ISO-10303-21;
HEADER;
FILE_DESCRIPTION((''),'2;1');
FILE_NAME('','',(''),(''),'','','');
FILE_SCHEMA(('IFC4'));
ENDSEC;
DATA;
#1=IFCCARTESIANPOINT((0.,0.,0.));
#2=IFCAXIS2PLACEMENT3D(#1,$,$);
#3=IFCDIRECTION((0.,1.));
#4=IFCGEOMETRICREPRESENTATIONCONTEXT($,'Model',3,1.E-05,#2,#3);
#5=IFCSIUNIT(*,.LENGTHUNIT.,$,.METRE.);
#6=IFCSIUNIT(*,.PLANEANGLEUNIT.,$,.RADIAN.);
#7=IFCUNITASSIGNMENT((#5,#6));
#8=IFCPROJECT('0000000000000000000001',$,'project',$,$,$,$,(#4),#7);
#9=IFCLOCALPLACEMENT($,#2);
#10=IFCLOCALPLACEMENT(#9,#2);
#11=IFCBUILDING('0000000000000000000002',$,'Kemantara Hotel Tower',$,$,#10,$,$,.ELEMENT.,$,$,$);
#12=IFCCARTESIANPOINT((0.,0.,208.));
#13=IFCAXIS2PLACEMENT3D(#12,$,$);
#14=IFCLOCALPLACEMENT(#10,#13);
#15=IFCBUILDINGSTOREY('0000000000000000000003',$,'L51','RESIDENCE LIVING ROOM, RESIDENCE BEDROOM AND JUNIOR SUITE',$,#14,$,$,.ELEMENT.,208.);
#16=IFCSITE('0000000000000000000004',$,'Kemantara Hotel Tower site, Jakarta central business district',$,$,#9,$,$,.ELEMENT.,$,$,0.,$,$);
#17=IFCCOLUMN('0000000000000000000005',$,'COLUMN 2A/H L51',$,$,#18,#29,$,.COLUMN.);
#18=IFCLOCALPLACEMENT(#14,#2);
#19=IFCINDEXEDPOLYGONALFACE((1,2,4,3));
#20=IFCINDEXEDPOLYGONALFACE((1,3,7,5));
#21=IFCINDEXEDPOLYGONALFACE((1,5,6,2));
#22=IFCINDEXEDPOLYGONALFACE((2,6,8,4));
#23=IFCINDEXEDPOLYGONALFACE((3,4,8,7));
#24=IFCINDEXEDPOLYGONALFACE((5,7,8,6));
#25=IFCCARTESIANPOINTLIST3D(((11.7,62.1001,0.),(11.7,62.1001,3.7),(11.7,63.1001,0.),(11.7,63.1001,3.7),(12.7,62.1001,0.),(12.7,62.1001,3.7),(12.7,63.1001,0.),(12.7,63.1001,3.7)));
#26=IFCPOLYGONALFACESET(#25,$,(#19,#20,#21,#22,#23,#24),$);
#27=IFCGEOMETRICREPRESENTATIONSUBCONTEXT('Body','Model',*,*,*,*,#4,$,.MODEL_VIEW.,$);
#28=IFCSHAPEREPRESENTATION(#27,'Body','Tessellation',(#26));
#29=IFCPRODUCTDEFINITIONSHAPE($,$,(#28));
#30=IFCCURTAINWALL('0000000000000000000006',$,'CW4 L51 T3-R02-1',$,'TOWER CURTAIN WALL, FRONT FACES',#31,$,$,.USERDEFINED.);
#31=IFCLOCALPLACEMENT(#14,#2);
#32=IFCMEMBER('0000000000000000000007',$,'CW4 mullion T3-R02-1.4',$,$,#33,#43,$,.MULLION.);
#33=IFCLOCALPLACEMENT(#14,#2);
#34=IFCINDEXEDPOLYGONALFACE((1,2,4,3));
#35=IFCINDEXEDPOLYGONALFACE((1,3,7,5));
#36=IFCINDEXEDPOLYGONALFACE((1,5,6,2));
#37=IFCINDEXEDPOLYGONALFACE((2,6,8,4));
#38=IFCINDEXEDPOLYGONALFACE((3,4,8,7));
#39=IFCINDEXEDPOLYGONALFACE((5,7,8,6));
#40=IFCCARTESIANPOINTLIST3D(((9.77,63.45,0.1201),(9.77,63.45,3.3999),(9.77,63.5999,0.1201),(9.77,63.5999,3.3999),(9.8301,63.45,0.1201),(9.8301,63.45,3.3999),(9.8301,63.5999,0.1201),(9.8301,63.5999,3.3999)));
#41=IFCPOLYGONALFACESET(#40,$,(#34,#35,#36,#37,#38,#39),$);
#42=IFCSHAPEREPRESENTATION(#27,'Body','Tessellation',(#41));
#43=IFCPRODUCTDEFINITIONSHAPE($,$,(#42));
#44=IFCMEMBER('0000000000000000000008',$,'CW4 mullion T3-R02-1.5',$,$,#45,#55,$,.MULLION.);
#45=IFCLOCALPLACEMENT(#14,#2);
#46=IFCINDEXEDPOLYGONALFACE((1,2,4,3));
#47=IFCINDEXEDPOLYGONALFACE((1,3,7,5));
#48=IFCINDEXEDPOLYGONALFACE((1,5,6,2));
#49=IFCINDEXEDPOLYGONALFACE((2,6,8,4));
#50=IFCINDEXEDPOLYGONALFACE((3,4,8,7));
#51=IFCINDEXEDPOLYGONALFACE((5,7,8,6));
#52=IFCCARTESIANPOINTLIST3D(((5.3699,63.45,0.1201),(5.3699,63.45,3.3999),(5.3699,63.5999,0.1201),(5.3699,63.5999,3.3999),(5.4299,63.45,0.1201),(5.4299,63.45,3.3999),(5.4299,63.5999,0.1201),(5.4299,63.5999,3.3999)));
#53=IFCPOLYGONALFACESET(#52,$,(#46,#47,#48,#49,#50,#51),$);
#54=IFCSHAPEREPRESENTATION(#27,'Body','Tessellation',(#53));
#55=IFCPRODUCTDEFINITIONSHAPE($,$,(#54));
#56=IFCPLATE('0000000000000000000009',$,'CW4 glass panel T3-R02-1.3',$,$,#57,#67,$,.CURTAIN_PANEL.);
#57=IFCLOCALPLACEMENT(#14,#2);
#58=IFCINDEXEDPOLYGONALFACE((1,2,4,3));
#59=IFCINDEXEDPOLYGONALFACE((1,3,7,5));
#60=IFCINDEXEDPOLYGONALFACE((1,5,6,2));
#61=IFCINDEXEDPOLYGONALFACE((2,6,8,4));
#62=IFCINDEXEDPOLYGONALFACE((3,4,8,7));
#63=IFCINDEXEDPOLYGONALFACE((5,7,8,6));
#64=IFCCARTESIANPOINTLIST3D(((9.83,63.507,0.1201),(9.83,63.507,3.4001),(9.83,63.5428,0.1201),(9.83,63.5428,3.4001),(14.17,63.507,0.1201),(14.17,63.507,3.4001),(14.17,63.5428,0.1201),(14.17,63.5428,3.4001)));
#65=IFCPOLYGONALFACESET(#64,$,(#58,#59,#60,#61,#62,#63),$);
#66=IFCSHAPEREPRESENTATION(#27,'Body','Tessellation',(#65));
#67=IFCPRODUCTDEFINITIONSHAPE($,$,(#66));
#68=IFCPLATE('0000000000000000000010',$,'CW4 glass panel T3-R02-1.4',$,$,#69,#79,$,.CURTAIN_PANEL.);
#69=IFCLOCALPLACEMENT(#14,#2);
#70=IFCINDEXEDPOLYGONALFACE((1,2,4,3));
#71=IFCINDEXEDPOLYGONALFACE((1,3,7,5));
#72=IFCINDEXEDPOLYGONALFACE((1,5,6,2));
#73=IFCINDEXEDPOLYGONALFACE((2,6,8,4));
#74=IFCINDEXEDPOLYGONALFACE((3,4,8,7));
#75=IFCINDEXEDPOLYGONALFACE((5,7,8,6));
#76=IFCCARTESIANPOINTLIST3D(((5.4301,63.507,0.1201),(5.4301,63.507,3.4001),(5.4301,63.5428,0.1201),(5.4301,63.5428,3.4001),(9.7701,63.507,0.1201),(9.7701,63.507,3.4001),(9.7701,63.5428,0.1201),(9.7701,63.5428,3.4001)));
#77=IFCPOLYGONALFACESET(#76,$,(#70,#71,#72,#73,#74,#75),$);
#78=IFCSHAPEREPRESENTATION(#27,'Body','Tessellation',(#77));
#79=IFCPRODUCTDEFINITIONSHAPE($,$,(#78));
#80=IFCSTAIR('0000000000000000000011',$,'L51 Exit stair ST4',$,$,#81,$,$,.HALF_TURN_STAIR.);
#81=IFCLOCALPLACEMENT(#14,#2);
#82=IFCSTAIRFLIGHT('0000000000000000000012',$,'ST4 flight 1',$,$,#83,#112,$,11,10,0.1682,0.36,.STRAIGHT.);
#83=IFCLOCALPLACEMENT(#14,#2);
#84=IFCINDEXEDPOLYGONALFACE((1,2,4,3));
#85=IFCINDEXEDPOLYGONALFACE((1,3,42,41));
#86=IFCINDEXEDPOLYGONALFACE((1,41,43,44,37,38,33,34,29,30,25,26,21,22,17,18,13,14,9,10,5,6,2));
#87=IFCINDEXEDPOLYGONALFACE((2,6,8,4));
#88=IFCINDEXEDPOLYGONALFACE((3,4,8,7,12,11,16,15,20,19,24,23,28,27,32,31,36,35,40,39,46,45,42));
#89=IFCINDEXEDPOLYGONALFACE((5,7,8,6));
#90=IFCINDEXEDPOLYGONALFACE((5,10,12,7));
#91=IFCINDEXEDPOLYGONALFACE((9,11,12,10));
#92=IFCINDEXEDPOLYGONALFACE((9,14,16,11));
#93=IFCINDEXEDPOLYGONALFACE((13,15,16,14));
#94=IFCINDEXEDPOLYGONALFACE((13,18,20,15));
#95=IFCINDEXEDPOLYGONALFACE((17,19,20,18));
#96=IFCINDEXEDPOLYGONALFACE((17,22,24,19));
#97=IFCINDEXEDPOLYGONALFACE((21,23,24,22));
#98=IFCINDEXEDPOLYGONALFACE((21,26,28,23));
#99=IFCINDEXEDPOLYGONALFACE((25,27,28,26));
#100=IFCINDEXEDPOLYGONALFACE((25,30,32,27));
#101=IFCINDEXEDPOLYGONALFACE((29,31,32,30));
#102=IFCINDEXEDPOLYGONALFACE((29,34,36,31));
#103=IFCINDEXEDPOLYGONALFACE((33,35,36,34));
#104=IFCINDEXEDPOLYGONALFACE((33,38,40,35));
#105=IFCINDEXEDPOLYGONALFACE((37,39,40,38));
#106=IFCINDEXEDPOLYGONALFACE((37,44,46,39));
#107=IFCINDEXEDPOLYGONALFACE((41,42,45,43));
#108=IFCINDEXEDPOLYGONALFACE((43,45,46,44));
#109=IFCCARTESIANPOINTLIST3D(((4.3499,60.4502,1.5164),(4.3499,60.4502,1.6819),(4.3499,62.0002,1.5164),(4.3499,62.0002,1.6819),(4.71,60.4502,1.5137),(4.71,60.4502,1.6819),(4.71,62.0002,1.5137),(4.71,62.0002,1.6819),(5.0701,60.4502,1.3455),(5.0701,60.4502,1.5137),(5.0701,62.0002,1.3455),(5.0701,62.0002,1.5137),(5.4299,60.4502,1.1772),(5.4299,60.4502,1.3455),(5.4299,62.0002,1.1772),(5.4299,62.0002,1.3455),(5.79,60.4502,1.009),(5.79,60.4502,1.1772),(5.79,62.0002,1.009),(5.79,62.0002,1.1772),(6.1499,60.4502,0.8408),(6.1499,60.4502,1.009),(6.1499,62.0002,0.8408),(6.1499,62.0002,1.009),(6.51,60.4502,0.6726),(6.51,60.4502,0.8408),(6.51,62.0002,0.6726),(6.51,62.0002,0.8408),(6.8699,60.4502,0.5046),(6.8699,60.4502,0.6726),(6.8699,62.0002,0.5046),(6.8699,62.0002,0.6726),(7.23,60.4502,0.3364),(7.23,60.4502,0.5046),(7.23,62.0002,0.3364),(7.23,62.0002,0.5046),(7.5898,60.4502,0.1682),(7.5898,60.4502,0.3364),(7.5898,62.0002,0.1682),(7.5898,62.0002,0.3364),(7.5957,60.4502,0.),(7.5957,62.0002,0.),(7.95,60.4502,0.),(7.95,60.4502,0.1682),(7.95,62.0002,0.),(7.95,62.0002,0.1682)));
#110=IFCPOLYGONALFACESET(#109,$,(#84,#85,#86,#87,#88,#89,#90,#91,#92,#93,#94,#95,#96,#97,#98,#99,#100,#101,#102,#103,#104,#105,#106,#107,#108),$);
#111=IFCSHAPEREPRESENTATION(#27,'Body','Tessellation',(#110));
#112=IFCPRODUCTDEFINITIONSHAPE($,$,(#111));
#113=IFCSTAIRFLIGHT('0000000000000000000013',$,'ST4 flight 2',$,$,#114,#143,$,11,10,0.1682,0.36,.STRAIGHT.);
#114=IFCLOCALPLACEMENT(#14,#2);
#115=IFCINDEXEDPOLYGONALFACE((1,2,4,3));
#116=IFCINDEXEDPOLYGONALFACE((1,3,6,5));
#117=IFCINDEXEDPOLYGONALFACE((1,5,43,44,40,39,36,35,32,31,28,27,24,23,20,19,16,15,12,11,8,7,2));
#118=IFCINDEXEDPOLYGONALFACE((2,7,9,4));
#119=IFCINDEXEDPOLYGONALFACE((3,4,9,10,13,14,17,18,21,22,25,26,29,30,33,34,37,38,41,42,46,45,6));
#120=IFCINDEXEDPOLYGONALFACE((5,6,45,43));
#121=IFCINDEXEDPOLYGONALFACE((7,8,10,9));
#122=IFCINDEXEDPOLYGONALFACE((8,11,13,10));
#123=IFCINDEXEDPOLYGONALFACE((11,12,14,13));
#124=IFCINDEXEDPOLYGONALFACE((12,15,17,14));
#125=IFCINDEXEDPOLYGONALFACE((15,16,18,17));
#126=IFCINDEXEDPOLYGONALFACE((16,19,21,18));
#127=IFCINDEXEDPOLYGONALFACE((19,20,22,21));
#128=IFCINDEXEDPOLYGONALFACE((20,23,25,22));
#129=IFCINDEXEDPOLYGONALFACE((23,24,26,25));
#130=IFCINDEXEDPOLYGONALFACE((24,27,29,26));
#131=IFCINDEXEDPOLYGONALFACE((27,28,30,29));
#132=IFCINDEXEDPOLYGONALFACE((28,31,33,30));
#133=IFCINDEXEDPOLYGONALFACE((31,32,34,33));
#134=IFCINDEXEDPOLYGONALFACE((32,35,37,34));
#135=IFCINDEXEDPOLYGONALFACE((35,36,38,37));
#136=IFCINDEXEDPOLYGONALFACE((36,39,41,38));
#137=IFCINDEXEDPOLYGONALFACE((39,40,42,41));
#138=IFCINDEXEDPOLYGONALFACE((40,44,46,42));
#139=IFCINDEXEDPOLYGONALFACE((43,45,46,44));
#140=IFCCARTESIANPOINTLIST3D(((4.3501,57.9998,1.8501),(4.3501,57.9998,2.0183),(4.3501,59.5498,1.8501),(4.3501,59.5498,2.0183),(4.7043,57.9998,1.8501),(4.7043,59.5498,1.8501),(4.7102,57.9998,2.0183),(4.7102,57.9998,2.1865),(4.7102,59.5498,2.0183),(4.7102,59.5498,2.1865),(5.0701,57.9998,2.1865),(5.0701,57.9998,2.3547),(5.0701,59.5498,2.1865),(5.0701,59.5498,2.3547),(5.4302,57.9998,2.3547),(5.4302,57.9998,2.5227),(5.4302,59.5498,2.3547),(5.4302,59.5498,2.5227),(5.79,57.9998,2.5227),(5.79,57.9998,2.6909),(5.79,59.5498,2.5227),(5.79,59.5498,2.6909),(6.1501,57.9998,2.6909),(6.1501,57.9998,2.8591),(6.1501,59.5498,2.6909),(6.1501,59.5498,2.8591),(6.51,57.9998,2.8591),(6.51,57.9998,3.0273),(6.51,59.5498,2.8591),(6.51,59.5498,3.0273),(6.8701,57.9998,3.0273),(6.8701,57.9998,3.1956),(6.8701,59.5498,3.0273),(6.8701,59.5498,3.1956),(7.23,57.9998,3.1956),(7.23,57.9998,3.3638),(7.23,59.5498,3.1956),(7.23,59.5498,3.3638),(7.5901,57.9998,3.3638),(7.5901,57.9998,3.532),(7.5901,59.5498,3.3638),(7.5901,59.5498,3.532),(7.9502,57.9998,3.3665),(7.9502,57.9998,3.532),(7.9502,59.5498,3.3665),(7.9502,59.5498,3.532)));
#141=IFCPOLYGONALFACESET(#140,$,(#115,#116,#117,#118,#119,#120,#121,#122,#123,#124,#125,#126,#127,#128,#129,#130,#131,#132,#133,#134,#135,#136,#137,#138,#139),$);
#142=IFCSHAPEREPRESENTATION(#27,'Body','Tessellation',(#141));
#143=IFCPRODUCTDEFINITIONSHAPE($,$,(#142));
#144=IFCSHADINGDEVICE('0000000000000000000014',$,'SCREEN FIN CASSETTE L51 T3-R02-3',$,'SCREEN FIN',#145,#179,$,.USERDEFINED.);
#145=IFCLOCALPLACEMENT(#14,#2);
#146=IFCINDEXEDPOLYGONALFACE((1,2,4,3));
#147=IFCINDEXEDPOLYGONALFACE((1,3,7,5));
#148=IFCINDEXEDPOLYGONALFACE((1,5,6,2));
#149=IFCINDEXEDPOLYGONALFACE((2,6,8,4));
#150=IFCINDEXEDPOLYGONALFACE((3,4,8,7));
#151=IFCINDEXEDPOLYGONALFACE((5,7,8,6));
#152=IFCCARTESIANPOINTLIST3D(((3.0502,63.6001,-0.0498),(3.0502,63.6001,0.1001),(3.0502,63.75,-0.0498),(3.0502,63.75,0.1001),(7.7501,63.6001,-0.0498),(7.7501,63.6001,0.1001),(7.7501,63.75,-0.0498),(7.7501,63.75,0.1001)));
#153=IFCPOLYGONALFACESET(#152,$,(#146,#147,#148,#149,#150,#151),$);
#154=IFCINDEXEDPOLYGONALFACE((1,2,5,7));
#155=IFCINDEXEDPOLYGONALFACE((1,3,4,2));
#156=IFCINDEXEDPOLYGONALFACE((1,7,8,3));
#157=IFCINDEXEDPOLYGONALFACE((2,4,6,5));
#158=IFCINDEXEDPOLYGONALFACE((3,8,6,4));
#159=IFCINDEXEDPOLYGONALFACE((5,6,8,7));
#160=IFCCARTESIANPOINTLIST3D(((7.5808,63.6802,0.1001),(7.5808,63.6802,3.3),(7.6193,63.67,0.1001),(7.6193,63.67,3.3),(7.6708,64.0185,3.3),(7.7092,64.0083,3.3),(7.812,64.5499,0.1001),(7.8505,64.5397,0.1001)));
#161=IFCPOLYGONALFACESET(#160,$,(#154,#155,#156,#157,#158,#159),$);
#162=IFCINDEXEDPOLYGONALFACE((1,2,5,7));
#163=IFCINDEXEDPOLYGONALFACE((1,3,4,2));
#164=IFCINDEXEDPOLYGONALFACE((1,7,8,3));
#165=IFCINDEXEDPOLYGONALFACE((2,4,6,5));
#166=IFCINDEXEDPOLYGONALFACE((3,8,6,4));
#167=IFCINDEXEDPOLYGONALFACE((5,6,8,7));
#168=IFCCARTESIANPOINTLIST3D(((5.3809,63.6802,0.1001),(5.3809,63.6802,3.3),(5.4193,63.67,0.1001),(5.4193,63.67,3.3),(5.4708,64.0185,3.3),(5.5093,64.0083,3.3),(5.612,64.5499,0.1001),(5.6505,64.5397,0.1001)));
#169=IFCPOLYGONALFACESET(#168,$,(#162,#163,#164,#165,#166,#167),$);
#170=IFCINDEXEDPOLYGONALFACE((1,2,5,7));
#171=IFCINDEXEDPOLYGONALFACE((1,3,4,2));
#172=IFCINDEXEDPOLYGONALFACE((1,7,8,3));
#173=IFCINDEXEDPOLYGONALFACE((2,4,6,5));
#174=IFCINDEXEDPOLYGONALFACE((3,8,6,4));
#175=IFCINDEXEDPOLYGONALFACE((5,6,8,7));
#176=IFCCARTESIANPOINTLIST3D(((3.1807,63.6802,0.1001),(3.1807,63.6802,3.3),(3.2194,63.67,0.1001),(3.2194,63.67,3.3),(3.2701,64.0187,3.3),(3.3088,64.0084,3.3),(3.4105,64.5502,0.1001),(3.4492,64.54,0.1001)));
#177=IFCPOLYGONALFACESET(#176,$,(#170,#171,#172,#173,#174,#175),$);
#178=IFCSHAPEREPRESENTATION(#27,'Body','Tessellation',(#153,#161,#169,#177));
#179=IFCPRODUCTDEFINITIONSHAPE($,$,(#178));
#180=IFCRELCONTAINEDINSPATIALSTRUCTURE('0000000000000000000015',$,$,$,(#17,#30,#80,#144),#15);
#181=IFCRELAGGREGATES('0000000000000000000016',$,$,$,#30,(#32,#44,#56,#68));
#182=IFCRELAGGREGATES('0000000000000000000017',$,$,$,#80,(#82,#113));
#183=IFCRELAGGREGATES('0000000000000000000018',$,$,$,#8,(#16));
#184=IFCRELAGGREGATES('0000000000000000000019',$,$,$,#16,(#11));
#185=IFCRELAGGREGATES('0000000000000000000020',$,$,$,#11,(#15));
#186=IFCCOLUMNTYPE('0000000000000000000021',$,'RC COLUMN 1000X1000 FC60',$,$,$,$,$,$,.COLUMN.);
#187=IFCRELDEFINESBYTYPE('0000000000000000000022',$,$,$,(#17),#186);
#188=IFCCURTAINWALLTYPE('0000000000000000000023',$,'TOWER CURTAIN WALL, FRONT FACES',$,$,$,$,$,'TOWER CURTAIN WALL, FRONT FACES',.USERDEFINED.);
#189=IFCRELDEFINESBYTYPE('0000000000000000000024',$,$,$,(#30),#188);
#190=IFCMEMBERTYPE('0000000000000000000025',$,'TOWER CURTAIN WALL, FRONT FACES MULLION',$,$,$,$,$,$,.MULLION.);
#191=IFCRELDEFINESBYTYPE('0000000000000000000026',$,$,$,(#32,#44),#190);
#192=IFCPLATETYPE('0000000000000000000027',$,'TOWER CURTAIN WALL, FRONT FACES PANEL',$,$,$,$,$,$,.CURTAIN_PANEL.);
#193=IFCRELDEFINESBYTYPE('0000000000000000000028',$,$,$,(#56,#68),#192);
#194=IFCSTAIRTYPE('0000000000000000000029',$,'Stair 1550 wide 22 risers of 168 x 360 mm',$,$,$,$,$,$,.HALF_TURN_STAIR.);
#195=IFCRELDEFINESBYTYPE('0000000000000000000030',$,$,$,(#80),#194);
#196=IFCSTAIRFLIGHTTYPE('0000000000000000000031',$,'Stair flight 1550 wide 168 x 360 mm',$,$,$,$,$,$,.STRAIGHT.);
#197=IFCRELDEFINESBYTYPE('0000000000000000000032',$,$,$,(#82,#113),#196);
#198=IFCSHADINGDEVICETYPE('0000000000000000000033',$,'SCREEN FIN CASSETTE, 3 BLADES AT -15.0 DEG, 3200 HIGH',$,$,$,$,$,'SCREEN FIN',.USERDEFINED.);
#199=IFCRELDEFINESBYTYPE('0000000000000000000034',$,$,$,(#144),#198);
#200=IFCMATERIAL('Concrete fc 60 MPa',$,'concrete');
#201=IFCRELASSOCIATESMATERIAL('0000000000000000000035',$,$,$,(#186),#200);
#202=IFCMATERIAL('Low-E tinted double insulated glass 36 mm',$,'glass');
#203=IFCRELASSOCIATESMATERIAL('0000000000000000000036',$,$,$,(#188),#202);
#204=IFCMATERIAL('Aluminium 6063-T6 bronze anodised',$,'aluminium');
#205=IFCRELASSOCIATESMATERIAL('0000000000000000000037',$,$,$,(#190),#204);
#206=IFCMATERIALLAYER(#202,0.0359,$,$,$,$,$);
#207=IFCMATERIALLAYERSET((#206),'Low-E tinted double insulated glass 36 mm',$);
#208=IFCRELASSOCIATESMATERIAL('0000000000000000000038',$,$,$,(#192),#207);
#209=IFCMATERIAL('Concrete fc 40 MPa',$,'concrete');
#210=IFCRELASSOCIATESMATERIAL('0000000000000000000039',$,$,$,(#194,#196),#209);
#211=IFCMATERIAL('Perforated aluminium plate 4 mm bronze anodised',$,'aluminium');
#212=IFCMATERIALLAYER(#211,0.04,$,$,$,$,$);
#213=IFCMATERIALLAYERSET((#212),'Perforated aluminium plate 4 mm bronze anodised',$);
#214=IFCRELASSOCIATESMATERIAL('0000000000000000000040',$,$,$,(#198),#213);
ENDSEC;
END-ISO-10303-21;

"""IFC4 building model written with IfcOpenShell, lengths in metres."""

from ifc_helpers import new_model, si_unit, direction, frame, origin, origin_2d, place, context, subcontext, project, spatial, polyline, rectangle, outline, extrude, source, transform, mapped, material, layer, layer_set, material_profile, profile_set, type_object, element, aggregate, save


model = new_model("IFC4")

# Units and contexts
model_context = context("Model", 3, precision=1e-05, world=origin(), true_north=direction((0.0, 1.0)))
body_context = subcontext(model_context, "Body", "Model", "MODEL_VIEW")
ifc_project = project(units=[si_unit("LENGTHUNIT", "METRE"), si_unit("PLANEANGLEUNIT", "RADIAN")], contexts=[model_context])

# Site, building, storey
site_placement = place(None, origin())
site = spatial("IfcSite", under=ifc_project, at=site_placement, Name="Kemantara Hotel Tower site, Jakarta central business district", CompositionType="ELEMENT", RefElevation=0.0)
building_placement = place(site_placement, origin())
building = spatial("IfcBuilding", under=site, at=building_placement, Name="Kemantara Hotel Tower", CompositionType="ELEMENT")
storey_placement = place(building_placement, frame((0.0, 0.0, 208.0)))
storey = spatial("IfcBuildingStorey", under=building, at=storey_placement, Name="L51", Description="RESIDENCE LIVING ROOM, RESIDENCE BEDROOM AND JUNIOR SUITE", CompositionType="ELEMENT", Elevation=208.0)

# Column
ifc_material_1 = material(Name="Concrete fc 60 MPa", Category="concrete")
ifc_material_profile_1 = material_profile(ifc_material_1, rectangle(XDim=1.0, YDim=1.0, at=origin_2d()), Name="RC 1000X1000")
ifc_profile_set_1 = profile_set([ifc_material_profile_1], Name="Concrete fc 60 MPa")
column_type = type_object("IfcColumnType", Name="RC COLUMN 1000X1000 FC60", PredefinedType="COLUMN", material=ifc_profile_set_1)
column_placement = place(storey_placement, frame((12.2, 62.6001, 0.0), z_axis=(0.0, 0.0, 1.0), x_axis=(1.0, 0.0, 0.0)))
element("IfcColumn", 1, at=column_placement, inside=storey, type_object=column_type, Name="COLUMN 2A/H L51", PredefinedType="COLUMN", context=body_context, shape_type="SweptSolid", body=[
    extrude(rectangle(XDim=1.0, YDim=1.0, at=origin_2d()), origin(), (0.0, 0.0, 1.0), 3.7),
])

# Curtain wall, members, plates
ifc_material_2 = material(Name="Low-E tinted double insulated glass 36 mm", Category="glass")
curtain_wall_type = type_object("IfcCurtainWallType", Name="TOWER CURTAIN WALL, FRONT FACES", ElementType="TOWER CURTAIN WALL, FRONT FACES", PredefinedType="USERDEFINED", material=ifc_material_2)
curtain_wall_placement = place(storey_placement, origin())
curtain_wall = element("IfcCurtainWall", 2, at=curtain_wall_placement, inside=storey, type_object=curtain_wall_type, Name="CW4 L51 T3-R02-1", ObjectType="TOWER CURTAIN WALL, FRONT FACES", PredefinedType="USERDEFINED")
ifc_material_3 = material(Name="Aluminium 6063-T6 bronze anodised", Category="aluminium")
ifc_material_profile_2 = material_profile(ifc_material_3, rectangle(XDim=0.1499, YDim=0.0601, at=origin_2d()), Name="TOWER CURTAIN WALL, FRONT FACES MULLION")
ifc_profile_set_2 = profile_set([ifc_material_profile_2], Name="Aluminium 6063-T6 bronze anodised")
member_type = type_object("IfcMemberType", Name="TOWER CURTAIN WALL, FRONT FACES MULLION", PredefinedType="MULLION", material=ifc_profile_set_2)
shared_shape_1 = source(origin(), body_context, "Body", "SweptSolid", [
    extrude(rectangle(XDim=0.1499, YDim=0.0601, at=origin_2d()), origin(), (0.0, 0.0, 1.0), 3.2798),
])
member_1_placement = place(storey_placement, frame((9.8, 63.5249, 0.1201), z_axis=(0.0, 0.0, 1.0), x_axis=(0.0, -1.0, 0.0)))
member_1 = element("IfcMember", 3, at=member_1_placement, type_object=member_type, Name="CW4 mullion T3-R02-1.4", PredefinedType="MULLION", context=body_context, shape_type="MappedRepresentation", body=[
    mapped(shared_shape_1, transform((0.0, 0.0, 0.0))),
])
member_2_placement = place(storey_placement, frame((5.3999, 63.5249, 0.1201), z_axis=(0.0, 0.0, 1.0), x_axis=(0.0, -1.0, 0.0)))
member_2 = element("IfcMember", 4, at=member_2_placement, type_object=member_type, Name="CW4 mullion T3-R02-1.5", PredefinedType="MULLION", context=body_context, shape_type="MappedRepresentation", body=[
    mapped(shared_shape_1, transform((0.0, 0.0, 0.0))),
])
ifc_layer_1 = layer(ifc_material_2, 0.0359)
ifc_layer_set_1 = layer_set([ifc_layer_1], Name="Low-E tinted double insulated glass 36 mm")
plate_type = type_object("IfcPlateType", Name="TOWER CURTAIN WALL, FRONT FACES PANEL", PredefinedType="CURTAIN_PANEL", material=ifc_layer_set_1)
shared_shape_2 = source(origin(), body_context, "Body", "SweptSolid", [
    extrude(rectangle(XDim=4.3401, YDim=0.0359, at=origin_2d()), origin(), (0.0, 0.0, 1.0), 3.28),
])
plate_1_placement = place(storey_placement, frame((12.0, 63.5249, 0.1201), z_axis=(0.0, 0.0, 1.0), x_axis=(-1.0, 0.0, 0.0)))
plate_1 = element("IfcPlate", 5, at=plate_1_placement, type_object=plate_type, Name="CW4 glass panel T3-R02-1.3", PredefinedType="CURTAIN_PANEL", context=body_context, shape_type="MappedRepresentation", body=[
    mapped(shared_shape_2, transform((0.0, 0.0, 0.0))),
])
plate_2_placement = place(storey_placement, frame((7.6001, 63.5249, 0.1201), z_axis=(0.0, 0.0, 1.0), x_axis=(-1.0, 0.0, 0.0)))
plate_2 = element("IfcPlate", 6, at=plate_2_placement, type_object=plate_type, Name="CW4 glass panel T3-R02-1.4", PredefinedType="CURTAIN_PANEL", context=body_context, shape_type="MappedRepresentation", body=[
    mapped(shared_shape_2, transform((0.0, 0.0, 0.0))),
])
aggregate(curtain_wall, [member_1, member_2, plate_1, plate_2])

# Stair, stair flights
ifc_material_4 = material(Name="Concrete fc 40 MPa", Category="concrete")
stair_type = type_object("IfcStairType", Name="Stair 1550 wide 22 risers of 168 x 360 mm", PredefinedType="HALF_TURN_STAIR", material=ifc_material_4)
stair_placement = place(storey_placement, origin())
stair = element("IfcStair", 7, at=stair_placement, inside=storey, type_object=stair_type, Name="L51 Exit stair ST4", PredefinedType="HALF_TURN_STAIR")
stair_flight_type = type_object("IfcStairFlightType", Name="Stair flight 1550 wide 168 x 360 mm", PredefinedType="STRAIGHT", material=ifc_material_4)
stair_flight_1_placement = place(storey_placement, frame((7.95, 61.2251, 0.0), z_axis=(0.0, 0.0, 1.0), x_axis=(-1.0, 0.0, 0.0)))
stair_flight_1 = element("IfcStairFlight", 8, at=stair_flight_1_placement, type_object=stair_flight_type, Name="ST4 flight 1", NumberOfRisers=11, NumberOfTreads=10, PredefinedType="STRAIGHT", RiserHeight=0.1682, TreadLength=0.36, context=body_context, shape_type="SweptSolid", body=[
    extrude(outline(polyline([(0.0, 0.0), (0.0, 0.1682), (0.3601, 0.1682), (0.3601, 0.3364), (0.72, 0.3364), (0.72, 0.5046), (1.0801, 0.5046), (1.0801, 0.6726), (1.4399, 0.6726), (1.4399, 0.8408), (1.8, 0.8408), (1.8, 1.009), (2.1599, 1.009), (2.1599, 1.1772), (2.52, 1.1772), (2.52, 1.3455), (2.8799, 1.3455), (2.8799, 1.5137), (3.24, 1.5137), (3.24, 1.6819), (3.6001, 1.6819), (3.6001, 1.8501), (3.6001, 1.5164), (0.3542, 0.0), (0.0, 0.0)])), frame((0.0, 0.7749, 0.0), z_axis=(0.0, -1.0, 0.0), x_axis=(1.0, 0.0, 0.0)), (0.0, 0.0, 1.0), 1.55),
])
stair_flight_2_placement = place(storey_placement, frame((4.3501, 58.7749, 1.8501), z_axis=(0.0, 0.0, 1.0), x_axis=(1.0, 0.0, 0.0)))
stair_flight_2 = element("IfcStairFlight", 9, at=stair_flight_2_placement, type_object=stair_flight_type, Name="ST4 flight 2", NumberOfRisers=11, NumberOfTreads=10, PredefinedType="STRAIGHT", RiserHeight=0.1682, TreadLength=0.36, context=body_context, shape_type="SweptSolid", body=[
    extrude(outline(polyline([(0.0, 0.0), (0.0, 0.1682), (0.3601, 0.1682), (0.3601, 0.3364), (0.72, 0.3364), (0.72, 0.5046), (1.0801, 0.5046), (1.0801, 0.6726), (1.4399, 0.6726), (1.4399, 0.8408), (1.8, 0.8408), (1.8, 1.009), (2.1599, 1.009), (2.1599, 1.1772), (2.52, 1.1772), (2.52, 1.3455), (2.8799, 1.3455), (2.8799, 1.5137), (3.24, 1.5137), (3.24, 1.6819), (3.6001, 1.6819), (3.6001, 1.8501), (3.6001, 1.5164), (0.3542, 0.0), (0.0, 0.0)])), frame((0.0, 0.7749, 0.0), z_axis=(0.0, -1.0, 0.0), x_axis=(1.0, 0.0, 0.0)), (0.0, 0.0, 1.0), 1.55),
])
aggregate(stair, [stair_flight_1, stair_flight_2])

# Shading device
ifc_material_5 = material(Name="Perforated aluminium plate 4 mm bronze anodised", Category="aluminium")
ifc_layer_2 = layer(ifc_material_5, 0.04)
ifc_layer_set_2 = layer_set([ifc_layer_2], Name="Perforated aluminium plate 4 mm bronze anodised")
shading_device_type = type_object("IfcShadingDeviceType", Name="SCREEN FIN CASSETTE, 3 BLADES AT -15.0 DEG, 3200 HIGH", ElementType="SCREEN FIN", PredefinedType="USERDEFINED", material=ifc_layer_set_2)
shared_shape_3 = source(origin(), body_context, "Body", "SweptSolid", [
    extrude(rectangle(XDim=4.7, YDim=0.1499, at=origin_2d()), frame((2.2, -0.075, -0.1499), z_axis=(0.0, 0.0, 1.0), x_axis=(1.0, 0.0, 0.0)), (0.0, 0.0, 1.0), 0.1499),
    extrude(outline(polyline([(0.0, 0.0), (0.8999, 0.0), (0.3501, 3.2), (0.0, 3.2), (0.0, 0.0)])), frame((0.0193, -0.0801, 0.0), z_axis=(-0.966438, 0.256901, 0.0), x_axis=(-0.256901, -0.966438, 0.0)), (0.0, 0.0, 1.0), 0.0398),
    extrude(outline(polyline([(0.0, 0.0), (0.8999, 0.0), (0.3501, 3.2), (0.0, 3.2), (0.0, 0.0)])), frame((2.2192, -0.0801, 0.0), z_axis=(-0.966438, 0.256901, 0.0), x_axis=(-0.256901, -0.966438, 0.0)), (0.0, 0.0, 1.0), 0.0398),
    extrude(outline(polyline([(0.0, 0.0), (0.8999, 0.0), (0.3501, 3.2), (0.0, 3.2), (0.0, 0.0)])), frame((4.4194, -0.0801, 0.0), z_axis=(-0.966838, 0.255391, 0.0), x_axis=(-0.255391, -0.966838, 0.0)), (0.0, 0.0, 1.0), 0.04),
])
shading_device_placement = place(storey_placement, frame((7.6001, 63.6001, 0.1001), z_axis=(0.0, 0.0, 1.0), x_axis=(-1.0, 0.0, 0.0)))
element("IfcShadingDevice", 10, at=shading_device_placement, inside=storey, type_object=shading_device_type, Name="SCREEN FIN CASSETTE L51 T3-R02-3", ObjectType="SCREEN FIN", PredefinedType="USERDEFINED", context=body_context, shape_type="MappedRepresentation", body=[
    mapped(shared_shape_3, transform((0.0, 0.0, 0.0))),
])

save(model, "model.ifc")
